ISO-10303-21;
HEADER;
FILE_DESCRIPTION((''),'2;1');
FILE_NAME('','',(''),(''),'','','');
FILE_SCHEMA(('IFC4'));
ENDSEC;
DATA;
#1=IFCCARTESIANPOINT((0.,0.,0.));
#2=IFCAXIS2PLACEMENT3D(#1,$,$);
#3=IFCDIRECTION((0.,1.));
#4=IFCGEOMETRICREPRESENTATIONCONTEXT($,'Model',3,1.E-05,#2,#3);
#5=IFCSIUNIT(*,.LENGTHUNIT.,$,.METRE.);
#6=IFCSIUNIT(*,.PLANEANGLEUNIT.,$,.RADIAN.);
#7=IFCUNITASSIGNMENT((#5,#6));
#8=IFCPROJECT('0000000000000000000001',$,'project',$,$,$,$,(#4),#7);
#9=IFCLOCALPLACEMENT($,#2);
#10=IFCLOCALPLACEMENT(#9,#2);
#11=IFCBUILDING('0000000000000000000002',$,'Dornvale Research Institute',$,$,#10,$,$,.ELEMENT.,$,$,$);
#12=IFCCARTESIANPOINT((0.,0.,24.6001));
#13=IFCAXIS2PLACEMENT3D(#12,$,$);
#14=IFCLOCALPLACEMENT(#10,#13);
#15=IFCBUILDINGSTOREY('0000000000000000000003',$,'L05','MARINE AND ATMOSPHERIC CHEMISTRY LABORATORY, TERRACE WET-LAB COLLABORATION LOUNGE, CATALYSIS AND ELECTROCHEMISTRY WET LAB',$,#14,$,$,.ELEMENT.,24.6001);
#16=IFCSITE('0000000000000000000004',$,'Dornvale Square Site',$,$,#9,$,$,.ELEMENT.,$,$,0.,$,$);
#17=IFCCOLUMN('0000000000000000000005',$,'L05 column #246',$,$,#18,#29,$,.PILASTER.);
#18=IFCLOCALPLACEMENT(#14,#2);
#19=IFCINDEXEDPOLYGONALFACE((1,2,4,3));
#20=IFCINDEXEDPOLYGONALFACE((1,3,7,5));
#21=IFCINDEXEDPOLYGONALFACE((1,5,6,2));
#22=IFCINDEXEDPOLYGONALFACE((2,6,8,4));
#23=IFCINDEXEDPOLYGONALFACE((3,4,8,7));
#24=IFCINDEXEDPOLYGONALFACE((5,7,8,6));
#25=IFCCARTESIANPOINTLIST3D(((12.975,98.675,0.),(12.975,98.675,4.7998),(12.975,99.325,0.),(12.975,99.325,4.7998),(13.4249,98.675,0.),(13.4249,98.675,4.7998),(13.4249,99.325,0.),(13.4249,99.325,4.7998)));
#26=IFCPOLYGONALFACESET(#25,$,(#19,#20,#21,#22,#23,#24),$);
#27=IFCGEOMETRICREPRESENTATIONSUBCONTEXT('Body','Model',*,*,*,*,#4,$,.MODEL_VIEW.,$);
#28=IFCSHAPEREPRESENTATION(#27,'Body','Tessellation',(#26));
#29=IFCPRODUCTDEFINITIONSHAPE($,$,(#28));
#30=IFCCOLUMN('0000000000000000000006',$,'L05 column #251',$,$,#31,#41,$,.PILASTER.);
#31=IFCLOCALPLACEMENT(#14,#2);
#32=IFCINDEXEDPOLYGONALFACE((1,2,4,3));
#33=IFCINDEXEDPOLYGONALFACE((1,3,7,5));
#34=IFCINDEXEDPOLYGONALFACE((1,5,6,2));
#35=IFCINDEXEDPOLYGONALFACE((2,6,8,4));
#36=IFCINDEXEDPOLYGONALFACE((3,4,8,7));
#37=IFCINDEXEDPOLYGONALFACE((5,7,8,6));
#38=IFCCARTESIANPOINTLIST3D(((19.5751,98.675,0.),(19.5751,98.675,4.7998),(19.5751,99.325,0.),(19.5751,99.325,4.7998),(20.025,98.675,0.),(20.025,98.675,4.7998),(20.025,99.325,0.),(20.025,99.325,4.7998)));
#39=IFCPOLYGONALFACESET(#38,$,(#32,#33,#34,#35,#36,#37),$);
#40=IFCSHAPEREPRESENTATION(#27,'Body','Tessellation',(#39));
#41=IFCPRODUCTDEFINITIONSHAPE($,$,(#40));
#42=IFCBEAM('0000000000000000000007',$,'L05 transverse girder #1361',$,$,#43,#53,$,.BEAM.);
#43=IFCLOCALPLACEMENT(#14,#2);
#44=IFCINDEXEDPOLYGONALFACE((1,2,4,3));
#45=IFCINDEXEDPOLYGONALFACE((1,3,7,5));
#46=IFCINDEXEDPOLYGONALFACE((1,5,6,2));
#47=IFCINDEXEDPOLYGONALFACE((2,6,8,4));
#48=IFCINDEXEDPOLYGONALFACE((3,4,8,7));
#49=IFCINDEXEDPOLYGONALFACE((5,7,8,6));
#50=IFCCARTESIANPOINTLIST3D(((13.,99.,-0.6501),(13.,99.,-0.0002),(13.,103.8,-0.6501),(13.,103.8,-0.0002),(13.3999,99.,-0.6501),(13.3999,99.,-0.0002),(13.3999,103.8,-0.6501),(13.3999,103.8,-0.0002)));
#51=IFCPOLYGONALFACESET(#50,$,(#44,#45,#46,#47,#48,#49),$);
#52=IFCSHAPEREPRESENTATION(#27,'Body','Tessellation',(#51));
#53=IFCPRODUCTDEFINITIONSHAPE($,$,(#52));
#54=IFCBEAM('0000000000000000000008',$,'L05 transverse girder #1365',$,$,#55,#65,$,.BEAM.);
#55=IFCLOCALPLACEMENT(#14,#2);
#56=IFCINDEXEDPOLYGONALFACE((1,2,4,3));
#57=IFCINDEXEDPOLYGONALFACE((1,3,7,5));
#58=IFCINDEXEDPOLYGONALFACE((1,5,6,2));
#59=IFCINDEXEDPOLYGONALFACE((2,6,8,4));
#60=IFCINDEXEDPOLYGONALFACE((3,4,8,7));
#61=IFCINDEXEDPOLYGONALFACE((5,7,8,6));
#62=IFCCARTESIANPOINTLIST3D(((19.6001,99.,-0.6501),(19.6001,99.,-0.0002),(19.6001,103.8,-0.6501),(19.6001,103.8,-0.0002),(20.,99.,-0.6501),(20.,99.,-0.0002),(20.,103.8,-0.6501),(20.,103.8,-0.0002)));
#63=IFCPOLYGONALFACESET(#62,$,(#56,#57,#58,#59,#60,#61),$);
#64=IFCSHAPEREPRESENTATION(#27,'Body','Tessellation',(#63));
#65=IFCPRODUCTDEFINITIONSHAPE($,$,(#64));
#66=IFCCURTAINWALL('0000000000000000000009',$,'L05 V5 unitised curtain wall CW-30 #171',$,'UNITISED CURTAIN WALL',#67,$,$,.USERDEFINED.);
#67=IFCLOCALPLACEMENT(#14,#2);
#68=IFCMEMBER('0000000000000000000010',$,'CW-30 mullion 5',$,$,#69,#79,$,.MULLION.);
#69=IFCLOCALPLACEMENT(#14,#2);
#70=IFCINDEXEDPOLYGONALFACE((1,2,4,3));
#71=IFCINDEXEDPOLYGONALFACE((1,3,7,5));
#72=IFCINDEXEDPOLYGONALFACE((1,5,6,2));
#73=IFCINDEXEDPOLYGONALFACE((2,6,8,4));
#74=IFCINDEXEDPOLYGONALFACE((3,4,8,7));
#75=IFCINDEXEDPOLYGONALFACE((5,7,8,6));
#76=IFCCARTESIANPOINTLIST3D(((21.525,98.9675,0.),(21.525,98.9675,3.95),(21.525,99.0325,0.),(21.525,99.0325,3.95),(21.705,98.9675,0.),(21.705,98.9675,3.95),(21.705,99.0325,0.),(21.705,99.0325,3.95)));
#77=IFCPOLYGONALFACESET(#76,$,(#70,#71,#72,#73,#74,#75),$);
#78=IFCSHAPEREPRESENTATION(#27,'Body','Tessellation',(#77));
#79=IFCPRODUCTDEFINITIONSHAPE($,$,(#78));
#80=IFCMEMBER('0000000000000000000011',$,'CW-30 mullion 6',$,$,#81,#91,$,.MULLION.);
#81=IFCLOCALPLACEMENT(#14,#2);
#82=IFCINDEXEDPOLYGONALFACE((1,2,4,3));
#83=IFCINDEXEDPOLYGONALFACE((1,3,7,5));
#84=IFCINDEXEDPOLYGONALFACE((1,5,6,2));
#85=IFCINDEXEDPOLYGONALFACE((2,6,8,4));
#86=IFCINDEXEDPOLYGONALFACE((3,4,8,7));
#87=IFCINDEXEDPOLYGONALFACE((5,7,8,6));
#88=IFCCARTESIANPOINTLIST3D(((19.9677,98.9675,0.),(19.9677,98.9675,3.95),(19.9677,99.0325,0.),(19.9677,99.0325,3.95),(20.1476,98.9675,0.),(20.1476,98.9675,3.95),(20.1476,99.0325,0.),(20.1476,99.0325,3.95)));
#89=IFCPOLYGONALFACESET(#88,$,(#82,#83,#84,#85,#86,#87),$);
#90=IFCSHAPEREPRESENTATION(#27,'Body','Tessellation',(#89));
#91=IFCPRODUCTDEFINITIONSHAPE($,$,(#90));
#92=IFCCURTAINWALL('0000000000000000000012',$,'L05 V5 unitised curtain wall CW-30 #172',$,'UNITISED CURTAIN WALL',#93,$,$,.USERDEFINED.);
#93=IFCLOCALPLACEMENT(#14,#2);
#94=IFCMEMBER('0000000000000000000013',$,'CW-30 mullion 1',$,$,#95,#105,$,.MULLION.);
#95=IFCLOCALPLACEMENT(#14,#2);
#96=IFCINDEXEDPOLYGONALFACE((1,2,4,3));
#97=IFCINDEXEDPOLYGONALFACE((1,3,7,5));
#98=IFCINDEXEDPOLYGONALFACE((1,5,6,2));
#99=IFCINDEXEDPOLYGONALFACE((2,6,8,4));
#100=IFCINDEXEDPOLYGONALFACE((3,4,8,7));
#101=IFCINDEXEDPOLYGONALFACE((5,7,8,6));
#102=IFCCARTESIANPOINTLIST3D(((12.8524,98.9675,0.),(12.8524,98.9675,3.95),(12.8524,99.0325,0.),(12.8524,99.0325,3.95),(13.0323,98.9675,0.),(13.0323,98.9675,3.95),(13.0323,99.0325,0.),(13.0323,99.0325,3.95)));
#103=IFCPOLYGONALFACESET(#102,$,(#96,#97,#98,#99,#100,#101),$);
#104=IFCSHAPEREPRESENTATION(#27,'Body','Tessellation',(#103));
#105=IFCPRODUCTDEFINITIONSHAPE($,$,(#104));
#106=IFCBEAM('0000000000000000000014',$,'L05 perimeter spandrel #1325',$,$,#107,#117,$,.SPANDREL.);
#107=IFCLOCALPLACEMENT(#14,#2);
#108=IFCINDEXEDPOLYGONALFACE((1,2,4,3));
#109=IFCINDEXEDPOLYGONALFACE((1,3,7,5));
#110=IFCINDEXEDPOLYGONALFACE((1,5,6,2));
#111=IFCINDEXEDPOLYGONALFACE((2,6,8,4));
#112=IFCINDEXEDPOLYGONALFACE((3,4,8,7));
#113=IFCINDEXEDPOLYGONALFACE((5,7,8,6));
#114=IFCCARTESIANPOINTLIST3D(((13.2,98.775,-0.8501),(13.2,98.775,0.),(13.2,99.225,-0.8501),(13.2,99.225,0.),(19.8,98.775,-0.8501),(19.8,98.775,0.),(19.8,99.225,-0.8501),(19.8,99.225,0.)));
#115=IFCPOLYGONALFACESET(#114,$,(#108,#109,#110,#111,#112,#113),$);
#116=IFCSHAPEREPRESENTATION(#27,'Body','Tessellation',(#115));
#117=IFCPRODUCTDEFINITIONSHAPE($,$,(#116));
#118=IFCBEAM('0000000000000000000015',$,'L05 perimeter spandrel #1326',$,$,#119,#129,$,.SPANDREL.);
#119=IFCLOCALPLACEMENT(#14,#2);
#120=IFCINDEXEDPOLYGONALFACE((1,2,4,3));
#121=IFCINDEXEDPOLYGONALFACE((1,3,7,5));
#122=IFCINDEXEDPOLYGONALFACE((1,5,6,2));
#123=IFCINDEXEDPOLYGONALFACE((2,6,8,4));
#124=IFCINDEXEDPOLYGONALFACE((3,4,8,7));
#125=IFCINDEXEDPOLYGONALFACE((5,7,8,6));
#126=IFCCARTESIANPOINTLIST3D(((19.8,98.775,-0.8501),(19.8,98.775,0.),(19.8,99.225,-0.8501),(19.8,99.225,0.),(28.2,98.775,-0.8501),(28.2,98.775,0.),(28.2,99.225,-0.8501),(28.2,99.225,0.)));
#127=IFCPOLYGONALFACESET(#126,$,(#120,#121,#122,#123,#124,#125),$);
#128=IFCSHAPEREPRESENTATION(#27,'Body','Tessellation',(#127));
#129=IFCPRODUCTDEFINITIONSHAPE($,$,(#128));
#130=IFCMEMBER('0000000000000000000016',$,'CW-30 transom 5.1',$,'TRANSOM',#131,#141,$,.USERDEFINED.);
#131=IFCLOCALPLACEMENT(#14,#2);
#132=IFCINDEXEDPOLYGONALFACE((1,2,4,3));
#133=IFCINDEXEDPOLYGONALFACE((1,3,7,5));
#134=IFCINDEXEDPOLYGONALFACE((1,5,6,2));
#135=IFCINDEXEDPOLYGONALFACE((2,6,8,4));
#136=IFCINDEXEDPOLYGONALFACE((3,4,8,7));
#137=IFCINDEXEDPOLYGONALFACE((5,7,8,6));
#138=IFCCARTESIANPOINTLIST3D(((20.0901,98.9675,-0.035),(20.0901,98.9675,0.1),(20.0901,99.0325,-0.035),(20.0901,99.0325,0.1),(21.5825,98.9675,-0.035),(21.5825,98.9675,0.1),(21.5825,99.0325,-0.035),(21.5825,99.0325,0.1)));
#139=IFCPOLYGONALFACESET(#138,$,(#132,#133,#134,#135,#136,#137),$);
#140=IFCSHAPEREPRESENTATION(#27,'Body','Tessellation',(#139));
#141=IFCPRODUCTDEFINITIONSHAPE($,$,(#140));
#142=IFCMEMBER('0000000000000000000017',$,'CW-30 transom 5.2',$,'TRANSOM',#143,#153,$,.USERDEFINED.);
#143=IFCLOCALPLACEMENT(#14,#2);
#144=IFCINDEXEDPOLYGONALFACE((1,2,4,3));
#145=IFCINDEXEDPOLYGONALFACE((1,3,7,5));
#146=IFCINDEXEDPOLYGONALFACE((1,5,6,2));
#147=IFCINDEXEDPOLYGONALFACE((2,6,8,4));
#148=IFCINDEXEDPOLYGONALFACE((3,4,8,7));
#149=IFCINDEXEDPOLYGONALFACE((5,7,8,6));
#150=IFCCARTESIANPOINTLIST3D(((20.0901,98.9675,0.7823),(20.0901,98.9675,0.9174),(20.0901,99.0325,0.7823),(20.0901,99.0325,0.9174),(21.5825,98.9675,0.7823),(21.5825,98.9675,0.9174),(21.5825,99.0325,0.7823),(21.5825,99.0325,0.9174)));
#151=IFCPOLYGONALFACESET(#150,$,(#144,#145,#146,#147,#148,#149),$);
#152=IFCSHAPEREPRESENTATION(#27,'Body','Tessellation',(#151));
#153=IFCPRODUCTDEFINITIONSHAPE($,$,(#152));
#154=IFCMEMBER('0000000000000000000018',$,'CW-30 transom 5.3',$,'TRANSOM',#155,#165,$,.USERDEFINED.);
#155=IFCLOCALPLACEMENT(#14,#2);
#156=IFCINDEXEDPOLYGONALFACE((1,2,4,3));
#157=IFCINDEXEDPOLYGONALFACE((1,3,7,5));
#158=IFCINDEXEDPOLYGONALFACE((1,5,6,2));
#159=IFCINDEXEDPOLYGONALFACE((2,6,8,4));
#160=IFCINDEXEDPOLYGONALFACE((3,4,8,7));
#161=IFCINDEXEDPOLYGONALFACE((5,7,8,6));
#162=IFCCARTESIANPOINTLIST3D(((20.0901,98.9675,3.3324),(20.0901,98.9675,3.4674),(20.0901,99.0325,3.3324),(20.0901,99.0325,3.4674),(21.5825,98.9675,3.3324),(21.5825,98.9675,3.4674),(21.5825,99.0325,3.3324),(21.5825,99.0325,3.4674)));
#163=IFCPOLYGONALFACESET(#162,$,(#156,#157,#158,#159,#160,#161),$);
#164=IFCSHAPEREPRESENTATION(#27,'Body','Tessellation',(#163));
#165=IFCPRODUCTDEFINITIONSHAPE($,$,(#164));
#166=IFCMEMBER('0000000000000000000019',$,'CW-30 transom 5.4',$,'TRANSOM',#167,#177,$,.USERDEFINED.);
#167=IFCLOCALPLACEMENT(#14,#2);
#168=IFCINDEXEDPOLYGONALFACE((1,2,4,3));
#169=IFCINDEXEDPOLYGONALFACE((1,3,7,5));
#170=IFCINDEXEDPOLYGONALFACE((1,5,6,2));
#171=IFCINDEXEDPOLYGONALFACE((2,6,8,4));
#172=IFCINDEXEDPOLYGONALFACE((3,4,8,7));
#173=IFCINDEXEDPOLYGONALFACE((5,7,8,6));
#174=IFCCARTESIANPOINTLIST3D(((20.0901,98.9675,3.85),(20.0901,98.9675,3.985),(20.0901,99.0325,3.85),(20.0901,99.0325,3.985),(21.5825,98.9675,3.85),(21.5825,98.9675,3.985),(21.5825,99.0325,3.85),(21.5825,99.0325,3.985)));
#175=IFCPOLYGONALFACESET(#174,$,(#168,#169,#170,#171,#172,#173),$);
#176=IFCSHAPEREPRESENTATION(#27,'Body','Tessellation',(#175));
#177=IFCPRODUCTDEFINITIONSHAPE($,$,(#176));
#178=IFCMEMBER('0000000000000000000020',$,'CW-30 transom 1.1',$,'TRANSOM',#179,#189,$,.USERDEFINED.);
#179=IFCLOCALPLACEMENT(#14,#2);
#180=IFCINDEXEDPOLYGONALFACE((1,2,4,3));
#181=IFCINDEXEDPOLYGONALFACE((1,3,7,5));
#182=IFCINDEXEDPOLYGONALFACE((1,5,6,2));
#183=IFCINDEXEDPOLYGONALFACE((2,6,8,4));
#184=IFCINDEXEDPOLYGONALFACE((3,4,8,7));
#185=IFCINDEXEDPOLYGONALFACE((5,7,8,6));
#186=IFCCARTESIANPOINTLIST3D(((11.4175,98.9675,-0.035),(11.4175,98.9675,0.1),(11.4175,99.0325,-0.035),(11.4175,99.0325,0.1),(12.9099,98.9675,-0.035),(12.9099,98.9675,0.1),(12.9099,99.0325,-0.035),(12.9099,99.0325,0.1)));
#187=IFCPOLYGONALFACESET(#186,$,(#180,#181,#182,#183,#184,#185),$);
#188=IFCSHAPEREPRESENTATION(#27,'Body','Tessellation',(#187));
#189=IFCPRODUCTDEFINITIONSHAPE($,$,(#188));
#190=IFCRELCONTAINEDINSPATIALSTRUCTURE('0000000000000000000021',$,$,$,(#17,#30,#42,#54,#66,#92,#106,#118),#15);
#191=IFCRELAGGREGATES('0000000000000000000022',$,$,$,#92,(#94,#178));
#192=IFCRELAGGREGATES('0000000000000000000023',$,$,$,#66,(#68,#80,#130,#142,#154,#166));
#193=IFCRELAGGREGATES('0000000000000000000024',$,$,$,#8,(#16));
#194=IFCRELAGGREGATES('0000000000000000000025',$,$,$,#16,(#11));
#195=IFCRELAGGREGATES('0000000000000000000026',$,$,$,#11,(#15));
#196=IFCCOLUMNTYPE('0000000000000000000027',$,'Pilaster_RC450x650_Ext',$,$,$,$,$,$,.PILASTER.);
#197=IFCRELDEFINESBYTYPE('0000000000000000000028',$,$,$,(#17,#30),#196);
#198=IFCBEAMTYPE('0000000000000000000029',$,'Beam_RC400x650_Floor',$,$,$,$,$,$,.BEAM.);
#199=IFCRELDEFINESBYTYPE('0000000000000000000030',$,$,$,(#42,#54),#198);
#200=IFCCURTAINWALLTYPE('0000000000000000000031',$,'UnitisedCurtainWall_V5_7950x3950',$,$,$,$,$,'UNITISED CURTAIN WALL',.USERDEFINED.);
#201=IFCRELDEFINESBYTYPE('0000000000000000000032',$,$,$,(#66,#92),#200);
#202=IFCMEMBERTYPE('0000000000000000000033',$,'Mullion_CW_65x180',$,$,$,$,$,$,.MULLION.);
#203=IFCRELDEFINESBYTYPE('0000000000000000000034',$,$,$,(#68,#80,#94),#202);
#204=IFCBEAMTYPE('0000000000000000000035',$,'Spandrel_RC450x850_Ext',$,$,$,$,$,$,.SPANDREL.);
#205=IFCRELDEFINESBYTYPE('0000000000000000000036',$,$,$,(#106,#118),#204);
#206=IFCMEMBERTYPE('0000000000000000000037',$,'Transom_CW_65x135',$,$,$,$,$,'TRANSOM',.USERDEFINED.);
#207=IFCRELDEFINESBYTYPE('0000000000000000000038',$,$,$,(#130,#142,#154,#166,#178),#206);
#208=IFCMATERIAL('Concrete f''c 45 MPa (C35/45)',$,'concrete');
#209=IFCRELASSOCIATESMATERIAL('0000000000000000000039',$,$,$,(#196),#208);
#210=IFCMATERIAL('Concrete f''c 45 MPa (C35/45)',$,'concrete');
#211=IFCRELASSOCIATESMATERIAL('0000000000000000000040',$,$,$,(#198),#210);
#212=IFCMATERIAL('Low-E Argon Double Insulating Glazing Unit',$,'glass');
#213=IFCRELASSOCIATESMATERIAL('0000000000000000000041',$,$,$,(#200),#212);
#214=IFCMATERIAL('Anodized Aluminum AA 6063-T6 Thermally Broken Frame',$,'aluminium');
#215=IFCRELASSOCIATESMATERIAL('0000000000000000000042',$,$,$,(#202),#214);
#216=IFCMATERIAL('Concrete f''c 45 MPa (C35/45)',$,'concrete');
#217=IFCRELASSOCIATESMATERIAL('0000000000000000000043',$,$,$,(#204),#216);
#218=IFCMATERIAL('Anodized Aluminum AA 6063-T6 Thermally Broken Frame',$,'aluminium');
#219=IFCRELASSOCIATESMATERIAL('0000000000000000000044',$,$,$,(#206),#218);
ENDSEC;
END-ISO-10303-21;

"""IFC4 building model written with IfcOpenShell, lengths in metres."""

from ifc_helpers import new_model, si_unit, direction, frame, origin, origin_2d, place, context, subcontext, project, spatial, rectangle, extrude, material, material_profile, profile_set, type_object, element, aggregate, save


model = new_model("IFC4")

# Units and contexts
model_context = context("Model", 3, precision=1e-05, world=origin(), true_north=direction((0.0, 1.0)))
body_context = subcontext(model_context, "Body", "Model", "MODEL_VIEW")
ifc_project = project(units=[si_unit("LENGTHUNIT", "METRE"), si_unit("PLANEANGLEUNIT", "RADIAN")], contexts=[model_context])

# Site, building, storey
site_placement = place(None, origin())
site = spatial("IfcSite", under=ifc_project, at=site_placement, Name="Dornvale Square Site", CompositionType="ELEMENT", RefElevation=0.0)
building_placement = place(site_placement, origin())
building = spatial("IfcBuilding", under=site, at=building_placement, Name="Dornvale Research Institute", CompositionType="ELEMENT")
storey_placement = place(building_placement, frame((0.0, 0.0, 24.6001)))
storey = spatial("IfcBuildingStorey", under=building, at=storey_placement, Name="L05", Description="MARINE AND ATMOSPHERIC CHEMISTRY LABORATORY, TERRACE WET-LAB COLLABORATION LOUNGE, CATALYSIS AND ELECTROCHEMISTRY WET LAB", CompositionType="ELEMENT", Elevation=24.6001)

# Columns
ifc_material_1 = material(Name="Concrete f'c 45 MPa (C35/45)", Category="concrete")
ifc_material_profile_1 = material_profile(ifc_material_1, rectangle(XDim=0.45, YDim=0.6499, at=origin_2d()), Name="RC 450x650")
ifc_profile_set_1 = profile_set([ifc_material_profile_1], Name="Concrete f'c 45 MPa (C35/45)")
column_type = type_object("IfcColumnType", Name="Pilaster_RC450x650_Ext", PredefinedType="PILASTER", material=ifc_profile_set_1)
for number, where, z_axis, x_axis, name in (
    (1, (13.2, 99.0, 0.0), (0.0, 0.0, 1.0), (1.0, 0.0, 0.0), "L05 column #246"),
    (2, (19.8, 99.0, 0.0), (0.0, 0.0, 1.0), (1.0, 0.0, 0.0), "L05 column #251"),
):
    element("IfcColumn", number, at=place(storey_placement, frame(where, z_axis=z_axis, x_axis=x_axis)), inside=storey, type_object=column_type, Name=name, PredefinedType="PILASTER", context=body_context, shape_type="SweptSolid", body=[
        extrude(rectangle(XDim=0.45, YDim=0.6499, at=origin_2d()), origin(), (0.0, 0.0, 1.0), 4.7998),
    ])

# Beams
ifc_material_2 = material(Name="Concrete f'c 45 MPa (C35/45)", Category="concrete")
ifc_material_profile_2 = material_profile(ifc_material_2, rectangle(XDim=0.3999, YDim=0.6499, at=origin_2d()), Name="RC 400x650")
ifc_profile_set_2 = profile_set([ifc_material_profile_2], Name="Concrete f'c 45 MPa (C35/45)")
beam_type_1 = type_object("IfcBeamType", Name="Beam_RC400x650_Floor", PredefinedType="BEAM", material=ifc_profile_set_2)
for number, where, z_axis, x_axis, name in (
    (3, (13.2, 99.0, -0.3252), (0.0, 1.0, 0.0), (-1.0, 0.0, 0.0), "L05 transverse girder #1361"),
    (4, (19.8, 99.0, -0.3252), (0.0, 1.0, 0.0), (-1.0, 0.0, 0.0), "L05 transverse girder #1365"),
):
    element("IfcBeam", number, at=place(storey_placement, frame(where, z_axis=z_axis, x_axis=x_axis)), inside=storey, type_object=beam_type_1, Name=name, PredefinedType="BEAM", context=body_context, shape_type="SweptSolid", body=[
        extrude(rectangle(XDim=0.3999, YDim=0.6499, at=origin_2d()), origin(), (0.0, 0.0, 1.0), 4.8),
    ])

# Curtain wall, members
ifc_material_3 = material(Name="Low-E Argon Double Insulating Glazing Unit", Category="glass")
curtain_wall_type = type_object("IfcCurtainWallType", Name="UnitisedCurtainWall_V5_7950x3950", ElementType="UNITISED CURTAIN WALL", PredefinedType="USERDEFINED", material=ifc_material_3)
curtain_wall_1_placement = place(storey_placement, origin())
curtain_wall_1 = element("IfcCurtainWall", 5, at=curtain_wall_1_placement, inside=storey, type_object=curtain_wall_type, Name="L05 V5 unitised curtain wall CW-30 #171", ObjectType="UNITISED CURTAIN WALL", PredefinedType="USERDEFINED")
ifc_material_4 = material(Name="Anodized Aluminum AA 6063-T6 Thermally Broken Frame", Category="aluminium")
ifc_material_profile_3 = material_profile(ifc_material_4, rectangle(XDim=0.0649, YDim=0.1799, at=origin_2d()), Name="ALU MULLION 65x180")
ifc_profile_set_3 = profile_set([ifc_material_profile_3], Name="Anodized Aluminum AA 6063-T6 Thermally Broken Frame")
member_type_1 = type_object("IfcMemberType", Name="Mullion_CW_65x180", PredefinedType="MULLION", material=ifc_profile_set_3)
member_1_placement = place(storey_placement, frame((21.615, 99.0, 0.0), z_axis=(0.0, 0.0, 1.0), x_axis=(0.0, -1.0, 0.0)))
member_1 = element("IfcMember", 6, at=member_1_placement, type_object=member_type_1, Name="CW-30 mullion 5", PredefinedType="MULLION", context=body_context, shape_type="SweptSolid", body=[
    extrude(rectangle(XDim=0.0649, YDim=0.1799, at=origin_2d()), origin(), (0.0, 0.0, 1.0), 3.95),
])
member_2_placement = place(storey_placement, frame((20.0576, 99.0, 0.0), z_axis=(0.0, 0.0, 1.0), x_axis=(0.0, -1.0, 0.0)))
member_2 = element("IfcMember", 7, at=member_2_placement, type_object=member_type_1, Name="CW-30 mullion 6", PredefinedType="MULLION", context=body_context, shape_type="SweptSolid", body=[
    extrude(rectangle(XDim=0.0649, YDim=0.1799, at=origin_2d()), origin(), (0.0, 0.0, 1.0), 3.95),
])

# Curtain wall, member
curtain_wall_2_placement = place(storey_placement, origin())
curtain_wall_2 = element("IfcCurtainWall", 8, at=curtain_wall_2_placement, inside=storey, type_object=curtain_wall_type, Name="L05 V5 unitised curtain wall CW-30 #172", ObjectType="UNITISED CURTAIN WALL", PredefinedType="USERDEFINED")
member_3_placement = place(storey_placement, frame((12.9424, 99.0, 0.0), z_axis=(0.0, 0.0, 1.0), x_axis=(0.0, -1.0, 0.0)))
member_3 = element("IfcMember", 9, at=member_3_placement, type_object=member_type_1, Name="CW-30 mullion 1", PredefinedType="MULLION", context=body_context, shape_type="SweptSolid", body=[
    extrude(rectangle(XDim=0.0649, YDim=0.1799, at=origin_2d()), origin(), (0.0, 0.0, 1.0), 3.95),
])

# Beams
ifc_material_5 = material(Name="Concrete f'c 45 MPa (C35/45)", Category="concrete")
ifc_material_profile_4 = material_profile(ifc_material_5, rectangle(XDim=0.45, YDim=0.8501, at=origin_2d()), Name="RC 450x850")
ifc_profile_set_4 = profile_set([ifc_material_profile_4], Name="Concrete f'c 45 MPa (C35/45)")
beam_type_2 = type_object("IfcBeamType", Name="Spandrel_RC450x850_Ext", PredefinedType="SPANDREL", material=ifc_profile_set_4)
beam_1_placement = place(storey_placement, frame((13.2, 99.0, -0.425), z_axis=(1.0, 0.0, 0.0), x_axis=(0.0, 1.0, 0.0)))
element("IfcBeam", 10, at=beam_1_placement, inside=storey, type_object=beam_type_2, Name="L05 perimeter spandrel #1325", PredefinedType="SPANDREL", context=body_context, shape_type="SweptSolid", body=[
    extrude(rectangle(XDim=0.45, YDim=0.8501, at=origin_2d()), origin(), (0.0, 0.0, 1.0), 6.6001),
])
beam_2_placement = place(storey_placement, frame((19.8, 99.0, -0.425), z_axis=(1.0, 0.0, 0.0), x_axis=(0.0, 1.0, 0.0)))
element("IfcBeam", 11, at=beam_2_placement, inside=storey, type_object=beam_type_2, Name="L05 perimeter spandrel #1326", PredefinedType="SPANDREL", context=body_context, shape_type="SweptSolid", body=[
    extrude(rectangle(XDim=0.45, YDim=0.8501, at=origin_2d()), origin(), (0.0, 0.0, 1.0), 8.3999),
])

# Members
ifc_material_6 = material(Name="Anodized Aluminum AA 6063-T6 Thermally Broken Frame", Category="aluminium")
ifc_material_profile_5 = material_profile(ifc_material_6, rectangle(XDim=0.0649, YDim=0.135, at=origin_2d()), Name="ALU TRANSOM 65x135")
ifc_profile_set_5 = profile_set([ifc_material_profile_5], Name="Anodized Aluminum AA 6063-T6 Thermally Broken Frame")
member_type_2 = type_object("IfcMemberType", Name="Transom_CW_65x135", ElementType="TRANSOM", PredefinedType="USERDEFINED", material=ifc_profile_set_5)
member_4_placement = place(storey_placement, frame((21.5825, 99.0, 0.0325), z_axis=(-1.0, 0.0, 0.0), x_axis=(0.0, -1.0, 0.0)))
member_4 = element("IfcMember", 12, at=member_4_placement, type_object=member_type_2, Name="CW-30 transom 5.1", ObjectType="TRANSOM", PredefinedType="USERDEFINED", context=body_context, shape_type="SweptSolid", body=[
    extrude(rectangle(XDim=0.0649, YDim=0.135, at=origin_2d()), origin(), (0.0, 0.0, 1.0), 1.4924),
])
member_5_placement = place(storey_placement, frame((21.5825, 99.0, 0.8499), z_axis=(-1.0, 0.0, 0.0), x_axis=(0.0, -1.0, 0.0)))
member_5 = element("IfcMember", 13, at=member_5_placement, type_object=member_type_2, Name="CW-30 transom 5.2", ObjectType="TRANSOM", PredefinedType="USERDEFINED", context=body_context, shape_type="SweptSolid", body=[
    extrude(rectangle(XDim=0.0649, YDim=0.135, at=origin_2d()), origin(), (0.0, 0.0, 1.0), 1.4924),
])
member_6_placement = place(storey_placement, frame((21.5825, 99.0, 3.3999), z_axis=(-1.0, 0.0, 0.0), x_axis=(0.0, -1.0, 0.0)))
member_6 = element("IfcMember", 14, at=member_6_placement, type_object=member_type_2, Name="CW-30 transom 5.3", ObjectType="TRANSOM", PredefinedType="USERDEFINED", context=body_context, shape_type="SweptSolid", body=[
    extrude(rectangle(XDim=0.0649, YDim=0.135, at=origin_2d()), origin(), (0.0, 0.0, 1.0), 1.4924),
])
member_7_placement = place(storey_placement, frame((21.5825, 99.0, 3.9175), z_axis=(-1.0, 0.0, 0.0), x_axis=(0.0, -1.0, 0.0)))
member_7 = element("IfcMember", 15, at=member_7_placement, type_object=member_type_2, Name="CW-30 transom 5.4", ObjectType="TRANSOM", PredefinedType="USERDEFINED", context=body_context, shape_type="SweptSolid", body=[
    extrude(rectangle(XDim=0.0649, YDim=0.135, at=origin_2d()), origin(), (0.0, 0.0, 1.0), 1.4924),
])
member_8_placement = place(storey_placement, frame((12.9099, 99.0, 0.0325), z_axis=(-1.0, 0.0, 0.0), x_axis=(0.0, -1.0, 0.0)))
member_8 = element("IfcMember", 16, at=member_8_placement, type_object=member_type_2, Name="CW-30 transom 1.1", ObjectType="TRANSOM", PredefinedType="USERDEFINED", context=body_context, shape_type="SweptSolid", body=[
    extrude(rectangle(XDim=0.0649, YDim=0.135, at=origin_2d()), origin(), (0.0, 0.0, 1.0), 1.4924),
])
aggregate(curtain_wall_2, [member_3, member_8])

aggregate(curtain_wall_1, [member_1, member_2, member_4, member_5, member_6, member_7])

save(model, "model.ifc")
